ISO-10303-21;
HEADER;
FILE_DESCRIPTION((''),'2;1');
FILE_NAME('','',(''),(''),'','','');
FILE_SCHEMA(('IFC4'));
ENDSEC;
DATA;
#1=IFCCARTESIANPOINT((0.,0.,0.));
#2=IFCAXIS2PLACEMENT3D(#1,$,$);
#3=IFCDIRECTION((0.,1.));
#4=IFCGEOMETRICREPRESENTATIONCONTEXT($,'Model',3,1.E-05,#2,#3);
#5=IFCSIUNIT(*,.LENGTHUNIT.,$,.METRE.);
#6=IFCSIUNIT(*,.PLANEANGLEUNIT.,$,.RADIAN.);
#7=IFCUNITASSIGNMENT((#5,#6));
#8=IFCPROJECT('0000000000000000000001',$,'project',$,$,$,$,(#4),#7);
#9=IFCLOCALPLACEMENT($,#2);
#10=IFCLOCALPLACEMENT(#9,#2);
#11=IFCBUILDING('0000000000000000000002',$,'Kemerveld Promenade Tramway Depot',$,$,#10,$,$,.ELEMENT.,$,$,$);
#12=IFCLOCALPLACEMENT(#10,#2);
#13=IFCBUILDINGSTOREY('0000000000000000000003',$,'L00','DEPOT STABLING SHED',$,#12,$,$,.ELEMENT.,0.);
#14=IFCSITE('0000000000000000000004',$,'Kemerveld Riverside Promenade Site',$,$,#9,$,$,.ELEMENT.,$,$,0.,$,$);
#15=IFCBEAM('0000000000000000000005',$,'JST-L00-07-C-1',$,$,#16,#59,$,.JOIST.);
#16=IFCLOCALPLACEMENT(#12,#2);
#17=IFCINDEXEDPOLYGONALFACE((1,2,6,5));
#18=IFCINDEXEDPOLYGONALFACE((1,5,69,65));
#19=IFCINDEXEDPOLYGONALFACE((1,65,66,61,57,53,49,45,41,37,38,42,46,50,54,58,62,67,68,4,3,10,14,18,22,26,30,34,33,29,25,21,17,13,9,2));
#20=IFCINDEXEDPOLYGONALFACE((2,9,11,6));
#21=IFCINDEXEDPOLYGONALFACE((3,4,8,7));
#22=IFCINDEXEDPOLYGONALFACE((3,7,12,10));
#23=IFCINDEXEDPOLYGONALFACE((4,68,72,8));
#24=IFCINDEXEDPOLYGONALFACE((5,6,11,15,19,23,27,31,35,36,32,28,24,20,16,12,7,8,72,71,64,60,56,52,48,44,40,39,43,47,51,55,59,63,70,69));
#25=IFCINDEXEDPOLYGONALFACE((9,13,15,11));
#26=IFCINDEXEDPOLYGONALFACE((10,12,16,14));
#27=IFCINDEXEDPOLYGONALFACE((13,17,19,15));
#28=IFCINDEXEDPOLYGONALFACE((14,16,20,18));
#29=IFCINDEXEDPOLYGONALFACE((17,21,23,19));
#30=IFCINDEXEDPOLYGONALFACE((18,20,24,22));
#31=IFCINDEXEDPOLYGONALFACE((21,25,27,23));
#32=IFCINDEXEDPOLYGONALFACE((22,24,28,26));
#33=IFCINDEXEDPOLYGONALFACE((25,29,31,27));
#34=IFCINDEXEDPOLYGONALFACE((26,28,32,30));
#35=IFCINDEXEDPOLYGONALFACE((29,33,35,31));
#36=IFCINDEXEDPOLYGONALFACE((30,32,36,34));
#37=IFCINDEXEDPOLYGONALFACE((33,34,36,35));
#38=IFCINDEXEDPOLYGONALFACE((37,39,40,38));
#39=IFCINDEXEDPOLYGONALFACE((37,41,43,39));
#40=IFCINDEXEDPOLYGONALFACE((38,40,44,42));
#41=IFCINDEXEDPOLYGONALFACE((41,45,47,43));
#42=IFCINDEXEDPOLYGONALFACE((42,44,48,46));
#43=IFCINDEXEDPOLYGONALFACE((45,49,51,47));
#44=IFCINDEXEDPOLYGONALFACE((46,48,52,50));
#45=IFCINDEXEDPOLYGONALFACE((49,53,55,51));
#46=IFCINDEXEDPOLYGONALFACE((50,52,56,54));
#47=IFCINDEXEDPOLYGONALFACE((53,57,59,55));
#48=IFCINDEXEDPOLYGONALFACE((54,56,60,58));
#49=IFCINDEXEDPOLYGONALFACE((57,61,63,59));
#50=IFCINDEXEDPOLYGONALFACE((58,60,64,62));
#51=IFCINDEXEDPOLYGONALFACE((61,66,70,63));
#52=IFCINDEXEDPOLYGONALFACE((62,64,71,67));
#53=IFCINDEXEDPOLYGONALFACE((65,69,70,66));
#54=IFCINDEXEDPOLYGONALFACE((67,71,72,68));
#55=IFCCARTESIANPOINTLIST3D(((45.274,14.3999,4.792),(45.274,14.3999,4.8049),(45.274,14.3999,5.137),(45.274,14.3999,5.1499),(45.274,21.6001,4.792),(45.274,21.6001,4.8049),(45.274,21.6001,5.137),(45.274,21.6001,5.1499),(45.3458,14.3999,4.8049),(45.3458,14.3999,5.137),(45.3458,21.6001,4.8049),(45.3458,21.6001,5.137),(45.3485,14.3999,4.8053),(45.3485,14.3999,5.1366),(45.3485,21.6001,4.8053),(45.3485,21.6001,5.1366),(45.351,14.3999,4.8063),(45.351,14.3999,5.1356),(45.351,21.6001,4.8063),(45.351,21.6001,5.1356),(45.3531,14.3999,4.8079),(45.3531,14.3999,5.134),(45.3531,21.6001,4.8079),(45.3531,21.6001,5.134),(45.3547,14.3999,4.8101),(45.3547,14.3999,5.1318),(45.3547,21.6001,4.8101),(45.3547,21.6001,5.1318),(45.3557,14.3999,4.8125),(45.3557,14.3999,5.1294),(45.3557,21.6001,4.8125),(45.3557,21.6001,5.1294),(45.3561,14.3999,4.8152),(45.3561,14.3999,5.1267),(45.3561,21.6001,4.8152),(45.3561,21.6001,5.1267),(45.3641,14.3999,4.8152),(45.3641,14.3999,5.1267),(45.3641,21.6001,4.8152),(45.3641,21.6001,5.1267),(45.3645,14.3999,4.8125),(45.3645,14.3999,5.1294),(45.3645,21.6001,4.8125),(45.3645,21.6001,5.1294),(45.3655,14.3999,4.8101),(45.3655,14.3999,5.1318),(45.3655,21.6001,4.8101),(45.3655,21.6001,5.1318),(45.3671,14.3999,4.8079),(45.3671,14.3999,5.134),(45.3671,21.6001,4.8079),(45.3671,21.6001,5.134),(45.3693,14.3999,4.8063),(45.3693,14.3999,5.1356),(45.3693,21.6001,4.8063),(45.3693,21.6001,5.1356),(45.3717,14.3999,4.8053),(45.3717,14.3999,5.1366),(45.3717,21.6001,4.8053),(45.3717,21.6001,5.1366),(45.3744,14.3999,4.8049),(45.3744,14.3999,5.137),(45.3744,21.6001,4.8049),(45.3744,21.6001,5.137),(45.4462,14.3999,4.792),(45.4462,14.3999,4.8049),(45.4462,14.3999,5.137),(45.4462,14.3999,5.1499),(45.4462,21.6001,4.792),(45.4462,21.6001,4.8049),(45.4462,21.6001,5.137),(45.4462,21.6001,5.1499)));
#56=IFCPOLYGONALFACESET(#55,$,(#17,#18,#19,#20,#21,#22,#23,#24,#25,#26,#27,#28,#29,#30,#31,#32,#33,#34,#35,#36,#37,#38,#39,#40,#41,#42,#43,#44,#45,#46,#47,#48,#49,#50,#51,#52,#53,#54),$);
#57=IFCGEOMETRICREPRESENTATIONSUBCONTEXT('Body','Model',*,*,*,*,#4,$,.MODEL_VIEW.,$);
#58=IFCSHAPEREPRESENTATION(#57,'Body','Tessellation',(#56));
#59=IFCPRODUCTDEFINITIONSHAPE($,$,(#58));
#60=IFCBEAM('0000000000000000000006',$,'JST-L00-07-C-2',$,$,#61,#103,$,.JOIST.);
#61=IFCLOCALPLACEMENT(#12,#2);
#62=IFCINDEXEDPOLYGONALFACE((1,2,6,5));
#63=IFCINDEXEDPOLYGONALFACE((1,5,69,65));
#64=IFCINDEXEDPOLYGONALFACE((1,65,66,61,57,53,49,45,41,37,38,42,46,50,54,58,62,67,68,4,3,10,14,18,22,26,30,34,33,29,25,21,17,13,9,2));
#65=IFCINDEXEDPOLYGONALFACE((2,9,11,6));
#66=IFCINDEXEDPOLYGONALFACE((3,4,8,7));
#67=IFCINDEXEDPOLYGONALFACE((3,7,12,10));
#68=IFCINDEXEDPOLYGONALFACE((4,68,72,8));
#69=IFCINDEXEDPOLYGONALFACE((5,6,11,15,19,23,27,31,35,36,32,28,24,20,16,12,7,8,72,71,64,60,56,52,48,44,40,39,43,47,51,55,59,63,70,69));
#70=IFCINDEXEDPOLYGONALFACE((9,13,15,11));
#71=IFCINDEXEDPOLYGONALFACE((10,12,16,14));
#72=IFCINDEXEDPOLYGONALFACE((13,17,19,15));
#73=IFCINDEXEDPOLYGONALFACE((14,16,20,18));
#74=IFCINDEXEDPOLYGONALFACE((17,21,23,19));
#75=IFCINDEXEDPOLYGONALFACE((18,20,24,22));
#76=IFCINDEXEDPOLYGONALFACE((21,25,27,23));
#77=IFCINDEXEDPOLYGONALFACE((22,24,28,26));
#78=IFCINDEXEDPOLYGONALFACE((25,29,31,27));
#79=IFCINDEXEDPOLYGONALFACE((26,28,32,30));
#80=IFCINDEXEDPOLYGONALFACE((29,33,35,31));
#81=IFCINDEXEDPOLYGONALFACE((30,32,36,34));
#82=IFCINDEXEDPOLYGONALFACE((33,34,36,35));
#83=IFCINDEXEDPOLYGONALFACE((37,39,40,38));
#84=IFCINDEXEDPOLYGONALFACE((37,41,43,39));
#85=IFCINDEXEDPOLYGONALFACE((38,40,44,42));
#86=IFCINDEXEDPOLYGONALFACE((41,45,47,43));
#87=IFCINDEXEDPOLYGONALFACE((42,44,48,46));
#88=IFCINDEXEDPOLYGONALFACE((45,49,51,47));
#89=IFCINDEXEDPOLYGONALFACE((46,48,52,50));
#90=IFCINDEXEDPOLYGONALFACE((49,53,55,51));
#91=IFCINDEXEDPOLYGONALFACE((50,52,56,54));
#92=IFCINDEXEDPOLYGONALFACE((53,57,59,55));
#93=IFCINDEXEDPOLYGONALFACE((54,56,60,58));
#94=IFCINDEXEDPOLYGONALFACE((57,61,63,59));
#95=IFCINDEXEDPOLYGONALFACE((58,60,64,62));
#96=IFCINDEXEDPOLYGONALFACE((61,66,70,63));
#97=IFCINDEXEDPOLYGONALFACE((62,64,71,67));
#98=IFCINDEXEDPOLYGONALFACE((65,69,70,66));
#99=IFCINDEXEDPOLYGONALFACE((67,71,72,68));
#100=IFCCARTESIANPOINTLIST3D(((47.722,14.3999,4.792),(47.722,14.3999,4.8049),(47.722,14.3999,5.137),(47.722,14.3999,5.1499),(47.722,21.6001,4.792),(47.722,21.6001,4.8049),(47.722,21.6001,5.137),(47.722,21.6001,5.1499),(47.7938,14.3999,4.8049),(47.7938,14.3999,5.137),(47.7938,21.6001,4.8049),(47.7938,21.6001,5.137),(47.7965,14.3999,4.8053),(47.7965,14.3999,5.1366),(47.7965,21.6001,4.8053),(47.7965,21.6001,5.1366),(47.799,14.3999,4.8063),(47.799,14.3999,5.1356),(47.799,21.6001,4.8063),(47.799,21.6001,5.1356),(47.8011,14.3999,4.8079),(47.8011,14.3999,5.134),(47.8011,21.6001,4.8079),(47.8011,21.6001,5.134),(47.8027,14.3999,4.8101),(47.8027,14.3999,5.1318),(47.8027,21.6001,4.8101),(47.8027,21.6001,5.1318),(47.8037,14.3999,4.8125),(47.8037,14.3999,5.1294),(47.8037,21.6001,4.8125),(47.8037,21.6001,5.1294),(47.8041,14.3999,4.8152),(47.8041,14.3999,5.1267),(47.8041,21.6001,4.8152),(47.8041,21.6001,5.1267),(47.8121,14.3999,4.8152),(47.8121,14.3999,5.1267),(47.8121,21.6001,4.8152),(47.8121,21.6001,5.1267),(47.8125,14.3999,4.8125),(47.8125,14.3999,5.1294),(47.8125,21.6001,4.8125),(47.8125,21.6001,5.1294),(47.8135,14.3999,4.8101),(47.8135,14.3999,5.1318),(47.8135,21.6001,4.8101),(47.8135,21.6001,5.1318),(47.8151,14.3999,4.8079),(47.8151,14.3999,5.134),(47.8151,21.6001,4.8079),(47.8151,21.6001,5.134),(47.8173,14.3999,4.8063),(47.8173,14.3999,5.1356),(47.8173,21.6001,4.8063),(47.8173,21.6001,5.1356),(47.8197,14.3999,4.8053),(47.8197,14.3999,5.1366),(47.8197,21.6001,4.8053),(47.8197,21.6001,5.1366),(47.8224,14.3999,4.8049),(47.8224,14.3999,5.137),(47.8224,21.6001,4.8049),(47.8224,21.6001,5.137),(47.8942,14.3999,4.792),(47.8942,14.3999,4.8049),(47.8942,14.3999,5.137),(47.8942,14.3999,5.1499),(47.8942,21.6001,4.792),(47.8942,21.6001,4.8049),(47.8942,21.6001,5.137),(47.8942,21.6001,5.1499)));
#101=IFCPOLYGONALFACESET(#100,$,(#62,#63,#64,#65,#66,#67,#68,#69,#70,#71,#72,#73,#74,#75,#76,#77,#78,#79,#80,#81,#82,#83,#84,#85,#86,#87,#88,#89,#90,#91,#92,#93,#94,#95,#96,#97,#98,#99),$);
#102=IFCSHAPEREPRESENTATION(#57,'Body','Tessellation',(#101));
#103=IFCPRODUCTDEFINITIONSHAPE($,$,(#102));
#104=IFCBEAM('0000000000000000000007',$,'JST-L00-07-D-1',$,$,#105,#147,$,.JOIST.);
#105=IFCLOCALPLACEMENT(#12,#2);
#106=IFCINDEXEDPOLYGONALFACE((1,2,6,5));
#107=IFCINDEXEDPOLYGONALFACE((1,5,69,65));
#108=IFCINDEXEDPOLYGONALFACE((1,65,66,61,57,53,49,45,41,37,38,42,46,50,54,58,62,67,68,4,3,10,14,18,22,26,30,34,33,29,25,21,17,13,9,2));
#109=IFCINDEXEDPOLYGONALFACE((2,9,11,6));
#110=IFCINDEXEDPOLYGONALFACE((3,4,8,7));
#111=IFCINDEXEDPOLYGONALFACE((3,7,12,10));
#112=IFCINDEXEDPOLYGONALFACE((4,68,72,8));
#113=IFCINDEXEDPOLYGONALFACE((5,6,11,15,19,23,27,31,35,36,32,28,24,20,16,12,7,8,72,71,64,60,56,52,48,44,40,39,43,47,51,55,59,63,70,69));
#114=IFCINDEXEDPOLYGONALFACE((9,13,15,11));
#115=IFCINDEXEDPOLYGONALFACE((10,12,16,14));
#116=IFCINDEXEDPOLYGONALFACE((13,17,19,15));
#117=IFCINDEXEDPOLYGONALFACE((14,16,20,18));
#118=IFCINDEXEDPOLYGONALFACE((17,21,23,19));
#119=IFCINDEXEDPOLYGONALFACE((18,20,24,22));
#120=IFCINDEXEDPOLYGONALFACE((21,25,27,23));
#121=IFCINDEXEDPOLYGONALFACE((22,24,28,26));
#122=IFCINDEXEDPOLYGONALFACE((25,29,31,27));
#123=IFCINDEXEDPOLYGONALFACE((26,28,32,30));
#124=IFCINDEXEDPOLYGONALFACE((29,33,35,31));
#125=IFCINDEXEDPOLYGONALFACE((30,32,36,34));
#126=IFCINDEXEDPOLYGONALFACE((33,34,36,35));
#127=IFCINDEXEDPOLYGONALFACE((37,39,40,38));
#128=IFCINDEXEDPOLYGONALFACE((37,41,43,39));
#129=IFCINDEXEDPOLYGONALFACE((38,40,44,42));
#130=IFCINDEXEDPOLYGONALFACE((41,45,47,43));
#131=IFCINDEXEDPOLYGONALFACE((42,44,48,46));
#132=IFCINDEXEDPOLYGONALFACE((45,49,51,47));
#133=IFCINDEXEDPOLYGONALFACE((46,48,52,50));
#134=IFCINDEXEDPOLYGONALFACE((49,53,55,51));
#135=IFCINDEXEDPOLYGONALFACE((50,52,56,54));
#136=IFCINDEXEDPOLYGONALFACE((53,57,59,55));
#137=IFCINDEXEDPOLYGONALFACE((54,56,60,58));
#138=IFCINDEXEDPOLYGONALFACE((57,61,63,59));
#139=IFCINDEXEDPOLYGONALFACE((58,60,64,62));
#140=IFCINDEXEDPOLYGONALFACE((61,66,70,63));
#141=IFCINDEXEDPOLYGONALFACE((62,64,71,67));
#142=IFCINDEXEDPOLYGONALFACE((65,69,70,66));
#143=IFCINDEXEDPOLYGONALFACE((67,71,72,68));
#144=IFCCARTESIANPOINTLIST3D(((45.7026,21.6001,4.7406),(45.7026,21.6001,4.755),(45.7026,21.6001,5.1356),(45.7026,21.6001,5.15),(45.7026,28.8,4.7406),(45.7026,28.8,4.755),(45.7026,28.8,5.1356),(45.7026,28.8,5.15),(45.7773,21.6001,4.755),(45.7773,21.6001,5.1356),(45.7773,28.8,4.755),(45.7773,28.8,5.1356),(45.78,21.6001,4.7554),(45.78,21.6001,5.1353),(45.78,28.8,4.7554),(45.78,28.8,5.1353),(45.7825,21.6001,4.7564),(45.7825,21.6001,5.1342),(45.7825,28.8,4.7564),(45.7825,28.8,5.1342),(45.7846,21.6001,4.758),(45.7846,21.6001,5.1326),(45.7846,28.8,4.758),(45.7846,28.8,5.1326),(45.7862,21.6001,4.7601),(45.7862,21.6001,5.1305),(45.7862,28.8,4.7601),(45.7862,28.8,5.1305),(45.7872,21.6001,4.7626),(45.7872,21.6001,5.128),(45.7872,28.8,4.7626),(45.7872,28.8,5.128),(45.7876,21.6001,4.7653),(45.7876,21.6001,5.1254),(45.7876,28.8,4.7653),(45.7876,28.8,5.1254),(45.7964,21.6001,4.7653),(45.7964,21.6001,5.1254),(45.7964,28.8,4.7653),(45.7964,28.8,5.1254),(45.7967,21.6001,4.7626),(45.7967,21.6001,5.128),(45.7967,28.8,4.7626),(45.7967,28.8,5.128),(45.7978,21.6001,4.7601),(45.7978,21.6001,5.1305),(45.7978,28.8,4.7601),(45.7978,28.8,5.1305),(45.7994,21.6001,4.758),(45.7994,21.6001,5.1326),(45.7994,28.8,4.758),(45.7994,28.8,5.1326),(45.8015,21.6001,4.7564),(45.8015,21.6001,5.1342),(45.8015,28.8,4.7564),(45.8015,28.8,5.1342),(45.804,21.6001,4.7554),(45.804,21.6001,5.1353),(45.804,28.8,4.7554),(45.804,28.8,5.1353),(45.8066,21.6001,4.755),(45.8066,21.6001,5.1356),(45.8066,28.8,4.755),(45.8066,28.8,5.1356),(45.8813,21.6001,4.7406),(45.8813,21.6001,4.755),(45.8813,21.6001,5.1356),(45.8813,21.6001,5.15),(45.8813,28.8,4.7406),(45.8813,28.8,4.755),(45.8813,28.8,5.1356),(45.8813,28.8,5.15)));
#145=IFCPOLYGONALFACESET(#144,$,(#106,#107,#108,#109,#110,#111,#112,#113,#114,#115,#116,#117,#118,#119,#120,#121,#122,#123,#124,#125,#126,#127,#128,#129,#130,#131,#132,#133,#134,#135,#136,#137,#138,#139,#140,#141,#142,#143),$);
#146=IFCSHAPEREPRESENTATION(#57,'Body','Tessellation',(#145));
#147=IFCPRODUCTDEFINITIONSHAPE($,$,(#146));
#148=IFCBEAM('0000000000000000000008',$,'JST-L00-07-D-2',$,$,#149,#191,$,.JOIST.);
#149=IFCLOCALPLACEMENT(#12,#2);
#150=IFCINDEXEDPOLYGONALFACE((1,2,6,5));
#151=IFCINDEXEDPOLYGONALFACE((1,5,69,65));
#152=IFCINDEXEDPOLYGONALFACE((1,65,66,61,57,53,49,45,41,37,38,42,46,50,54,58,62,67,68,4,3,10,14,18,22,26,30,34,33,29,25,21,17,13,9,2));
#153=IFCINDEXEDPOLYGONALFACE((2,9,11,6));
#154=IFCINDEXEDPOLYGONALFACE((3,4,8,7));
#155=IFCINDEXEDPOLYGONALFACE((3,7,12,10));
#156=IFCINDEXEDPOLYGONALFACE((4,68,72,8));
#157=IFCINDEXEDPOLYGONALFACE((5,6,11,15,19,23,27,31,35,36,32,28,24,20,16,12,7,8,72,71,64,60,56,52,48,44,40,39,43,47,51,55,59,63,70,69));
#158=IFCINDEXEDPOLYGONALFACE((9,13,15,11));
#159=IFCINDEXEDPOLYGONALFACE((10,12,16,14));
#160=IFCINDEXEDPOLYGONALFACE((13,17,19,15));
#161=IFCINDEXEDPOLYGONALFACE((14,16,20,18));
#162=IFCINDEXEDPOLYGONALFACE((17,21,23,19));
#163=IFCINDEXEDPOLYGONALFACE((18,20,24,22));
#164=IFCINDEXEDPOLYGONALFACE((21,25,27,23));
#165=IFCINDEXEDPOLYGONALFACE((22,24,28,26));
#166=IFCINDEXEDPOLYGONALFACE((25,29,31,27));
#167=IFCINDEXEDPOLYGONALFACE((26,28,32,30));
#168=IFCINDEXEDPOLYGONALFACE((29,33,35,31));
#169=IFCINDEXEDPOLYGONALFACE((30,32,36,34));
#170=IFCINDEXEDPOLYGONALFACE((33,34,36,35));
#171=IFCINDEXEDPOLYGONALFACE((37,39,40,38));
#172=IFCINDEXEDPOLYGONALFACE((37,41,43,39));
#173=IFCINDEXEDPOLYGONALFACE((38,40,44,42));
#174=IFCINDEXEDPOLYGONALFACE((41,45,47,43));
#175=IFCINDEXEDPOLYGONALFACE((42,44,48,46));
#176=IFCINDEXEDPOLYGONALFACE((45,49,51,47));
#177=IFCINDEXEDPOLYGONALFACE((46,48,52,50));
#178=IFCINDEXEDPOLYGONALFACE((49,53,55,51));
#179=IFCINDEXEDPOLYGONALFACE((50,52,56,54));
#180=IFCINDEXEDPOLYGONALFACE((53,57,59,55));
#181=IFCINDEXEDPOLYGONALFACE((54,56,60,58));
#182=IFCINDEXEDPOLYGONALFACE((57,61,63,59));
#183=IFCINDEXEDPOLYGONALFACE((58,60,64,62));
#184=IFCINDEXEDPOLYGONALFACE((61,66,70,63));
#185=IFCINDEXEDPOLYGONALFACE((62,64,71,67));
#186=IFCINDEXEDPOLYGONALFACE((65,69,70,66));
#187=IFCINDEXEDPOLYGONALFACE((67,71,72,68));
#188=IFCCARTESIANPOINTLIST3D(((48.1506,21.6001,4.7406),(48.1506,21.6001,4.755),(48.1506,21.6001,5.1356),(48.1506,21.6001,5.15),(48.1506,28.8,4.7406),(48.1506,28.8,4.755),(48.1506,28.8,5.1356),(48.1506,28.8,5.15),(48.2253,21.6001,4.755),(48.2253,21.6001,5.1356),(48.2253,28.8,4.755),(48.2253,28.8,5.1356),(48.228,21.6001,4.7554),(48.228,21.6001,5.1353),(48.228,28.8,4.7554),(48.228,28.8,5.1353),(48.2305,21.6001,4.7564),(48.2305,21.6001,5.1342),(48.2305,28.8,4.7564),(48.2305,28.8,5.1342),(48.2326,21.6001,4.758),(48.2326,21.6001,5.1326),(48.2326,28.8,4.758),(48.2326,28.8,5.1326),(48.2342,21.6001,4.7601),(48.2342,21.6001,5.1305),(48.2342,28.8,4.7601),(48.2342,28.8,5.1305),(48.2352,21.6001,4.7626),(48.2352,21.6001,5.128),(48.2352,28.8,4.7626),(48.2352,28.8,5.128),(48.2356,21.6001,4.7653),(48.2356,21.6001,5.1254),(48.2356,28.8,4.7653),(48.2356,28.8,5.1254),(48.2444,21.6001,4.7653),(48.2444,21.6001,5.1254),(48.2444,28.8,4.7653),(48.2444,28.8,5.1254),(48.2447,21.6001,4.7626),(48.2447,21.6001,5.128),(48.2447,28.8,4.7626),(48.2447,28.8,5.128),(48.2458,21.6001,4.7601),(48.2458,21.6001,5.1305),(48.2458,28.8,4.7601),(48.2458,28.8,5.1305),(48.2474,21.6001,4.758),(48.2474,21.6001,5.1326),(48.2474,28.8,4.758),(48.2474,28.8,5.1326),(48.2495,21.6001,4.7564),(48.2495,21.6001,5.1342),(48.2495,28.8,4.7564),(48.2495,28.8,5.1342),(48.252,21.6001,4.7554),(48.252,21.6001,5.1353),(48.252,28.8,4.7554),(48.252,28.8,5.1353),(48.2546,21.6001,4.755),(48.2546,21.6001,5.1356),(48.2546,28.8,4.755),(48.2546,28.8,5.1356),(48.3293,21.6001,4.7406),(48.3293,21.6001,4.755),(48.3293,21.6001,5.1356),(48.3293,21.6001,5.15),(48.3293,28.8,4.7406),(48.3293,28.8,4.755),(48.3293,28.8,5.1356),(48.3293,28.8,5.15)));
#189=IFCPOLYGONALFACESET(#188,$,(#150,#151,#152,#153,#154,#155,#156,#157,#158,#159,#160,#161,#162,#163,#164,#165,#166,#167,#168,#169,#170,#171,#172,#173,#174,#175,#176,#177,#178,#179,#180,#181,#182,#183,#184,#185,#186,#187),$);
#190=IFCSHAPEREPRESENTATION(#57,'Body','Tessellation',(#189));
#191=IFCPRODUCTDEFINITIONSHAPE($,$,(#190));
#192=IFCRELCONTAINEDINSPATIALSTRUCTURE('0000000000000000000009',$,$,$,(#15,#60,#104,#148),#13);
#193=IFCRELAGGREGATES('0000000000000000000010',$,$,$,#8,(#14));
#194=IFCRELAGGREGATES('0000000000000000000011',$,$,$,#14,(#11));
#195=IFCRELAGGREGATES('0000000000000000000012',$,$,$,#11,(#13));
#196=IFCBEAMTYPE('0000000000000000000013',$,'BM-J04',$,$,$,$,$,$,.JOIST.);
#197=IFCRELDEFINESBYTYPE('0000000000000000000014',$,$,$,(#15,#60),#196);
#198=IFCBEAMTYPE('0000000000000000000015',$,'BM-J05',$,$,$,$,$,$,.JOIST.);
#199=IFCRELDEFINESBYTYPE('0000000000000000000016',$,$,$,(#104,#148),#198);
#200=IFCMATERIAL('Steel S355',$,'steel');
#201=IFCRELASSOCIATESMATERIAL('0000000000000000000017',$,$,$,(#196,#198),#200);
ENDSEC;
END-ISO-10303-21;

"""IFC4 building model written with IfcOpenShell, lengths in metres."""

from ifc_helpers import new_model, si_unit, direction, frame, origin, origin_2d, place, context, subcontext, project, spatial, i_section, extrude, material, material_profile, profile_set, type_object, element, save


model = new_model("IFC4")

# Units and contexts
model_context = context("Model", 3, precision=1e-05, world=origin(), true_north=direction((0.0, 1.0)))
body_context = subcontext(model_context, "Body", "Model", "MODEL_VIEW")
ifc_project = project(units=[si_unit("LENGTHUNIT", "METRE"), si_unit("PLANEANGLEUNIT", "RADIAN")], contexts=[model_context])

# Site, building, storey
site_placement = place(None, origin())
site = spatial("IfcSite", under=ifc_project, at=site_placement, Name="Kemerveld Riverside Promenade Site", CompositionType="ELEMENT", RefElevation=0.0)
building_placement = place(site_placement, origin())
building = spatial("IfcBuilding", under=site, at=building_placement, Name="Kemerveld Promenade Tramway Depot", CompositionType="ELEMENT")
storey_placement = place(building_placement, origin())
storey = spatial("IfcBuildingStorey", under=building, at=storey_placement, Name="L00", Description="DEPOT STABLING SHED", CompositionType="ELEMENT", Elevation=0.0)

# Shared definitions
ifc_material_1 = material(Name="Steel S355", Category="steel")

# Beams
ifc_material_profile_1 = material_profile(ifc_material_1, i_section(OverallWidth=0.1721, OverallDepth=0.3579, WebThickness=0.0081, FlangeThickness=0.0129, FilletRadius=0.0103, at=origin_2d()), Name="356x171x57 UB")
ifc_profile_set_1 = profile_set([ifc_material_profile_1], Name="Steel S355")
beam_type_1 = type_object("IfcBeamType", Name="BM-J04", PredefinedType="JOIST", material=ifc_profile_set_1)
for number, where, z_axis, x_axis, name in (
    (1, (45.3601, 14.3999, 4.9709), (0.0, 1.0, 0.0), (-1.0, 0.0, 0.0), "JST-L00-07-C-1"),
    (2, (47.8081, 14.3999, 4.9709), (0.0, 1.0, 0.0), (-1.0, 0.0, 0.0), "JST-L00-07-C-2"),
):
    element("IfcBeam", number, at=place(storey_placement, frame(where, z_axis=z_axis, x_axis=x_axis)), inside=storey, type_object=beam_type_1, Name=name, PredefinedType="JOIST", context=body_context, shape_type="SweptSolid", body=[
        extrude(i_section(OverallWidth=0.1721, OverallDepth=0.3579, WebThickness=0.0081, FlangeThickness=0.0129, FilletRadius=0.0103, at=origin_2d()), origin(), (0.0, 0.0, 1.0), 7.2002),
    ])
ifc_material_profile_2 = material_profile(ifc_material_1, i_section(OverallWidth=0.1787, OverallDepth=0.4094, WebThickness=0.0088, FlangeThickness=0.0144, FilletRadius=0.0103, at=origin_2d()), Name="406x178x67 UB")
ifc_profile_set_2 = profile_set([ifc_material_profile_2], Name="Steel S355")
beam_type_2 = type_object("IfcBeamType", Name="BM-J05", PredefinedType="JOIST", material=ifc_profile_set_2)
for number, where, z_axis, x_axis, name in (
    (3, (45.792, 21.6001, 4.9453), (0.0, 1.0, 0.0), (-1.0, 0.0, 0.0), "JST-L00-07-D-1"),
    (4, (48.24, 21.6001, 4.9453), (0.0, 1.0, 0.0), (-1.0, 0.0, 0.0), "JST-L00-07-D-2"),
):
    element("IfcBeam", number, at=place(storey_placement, frame(where, z_axis=z_axis, x_axis=x_axis)), inside=storey, type_object=beam_type_2, Name=name, PredefinedType="JOIST", context=body_context, shape_type="SweptSolid", body=[
        extrude(i_section(OverallWidth=0.1787, OverallDepth=0.4094, WebThickness=0.0088, FlangeThickness=0.0144, FilletRadius=0.0103, at=origin_2d()), origin(), (0.0, 0.0, 1.0), 7.2),
    ])

save(model, "model.ifc")
